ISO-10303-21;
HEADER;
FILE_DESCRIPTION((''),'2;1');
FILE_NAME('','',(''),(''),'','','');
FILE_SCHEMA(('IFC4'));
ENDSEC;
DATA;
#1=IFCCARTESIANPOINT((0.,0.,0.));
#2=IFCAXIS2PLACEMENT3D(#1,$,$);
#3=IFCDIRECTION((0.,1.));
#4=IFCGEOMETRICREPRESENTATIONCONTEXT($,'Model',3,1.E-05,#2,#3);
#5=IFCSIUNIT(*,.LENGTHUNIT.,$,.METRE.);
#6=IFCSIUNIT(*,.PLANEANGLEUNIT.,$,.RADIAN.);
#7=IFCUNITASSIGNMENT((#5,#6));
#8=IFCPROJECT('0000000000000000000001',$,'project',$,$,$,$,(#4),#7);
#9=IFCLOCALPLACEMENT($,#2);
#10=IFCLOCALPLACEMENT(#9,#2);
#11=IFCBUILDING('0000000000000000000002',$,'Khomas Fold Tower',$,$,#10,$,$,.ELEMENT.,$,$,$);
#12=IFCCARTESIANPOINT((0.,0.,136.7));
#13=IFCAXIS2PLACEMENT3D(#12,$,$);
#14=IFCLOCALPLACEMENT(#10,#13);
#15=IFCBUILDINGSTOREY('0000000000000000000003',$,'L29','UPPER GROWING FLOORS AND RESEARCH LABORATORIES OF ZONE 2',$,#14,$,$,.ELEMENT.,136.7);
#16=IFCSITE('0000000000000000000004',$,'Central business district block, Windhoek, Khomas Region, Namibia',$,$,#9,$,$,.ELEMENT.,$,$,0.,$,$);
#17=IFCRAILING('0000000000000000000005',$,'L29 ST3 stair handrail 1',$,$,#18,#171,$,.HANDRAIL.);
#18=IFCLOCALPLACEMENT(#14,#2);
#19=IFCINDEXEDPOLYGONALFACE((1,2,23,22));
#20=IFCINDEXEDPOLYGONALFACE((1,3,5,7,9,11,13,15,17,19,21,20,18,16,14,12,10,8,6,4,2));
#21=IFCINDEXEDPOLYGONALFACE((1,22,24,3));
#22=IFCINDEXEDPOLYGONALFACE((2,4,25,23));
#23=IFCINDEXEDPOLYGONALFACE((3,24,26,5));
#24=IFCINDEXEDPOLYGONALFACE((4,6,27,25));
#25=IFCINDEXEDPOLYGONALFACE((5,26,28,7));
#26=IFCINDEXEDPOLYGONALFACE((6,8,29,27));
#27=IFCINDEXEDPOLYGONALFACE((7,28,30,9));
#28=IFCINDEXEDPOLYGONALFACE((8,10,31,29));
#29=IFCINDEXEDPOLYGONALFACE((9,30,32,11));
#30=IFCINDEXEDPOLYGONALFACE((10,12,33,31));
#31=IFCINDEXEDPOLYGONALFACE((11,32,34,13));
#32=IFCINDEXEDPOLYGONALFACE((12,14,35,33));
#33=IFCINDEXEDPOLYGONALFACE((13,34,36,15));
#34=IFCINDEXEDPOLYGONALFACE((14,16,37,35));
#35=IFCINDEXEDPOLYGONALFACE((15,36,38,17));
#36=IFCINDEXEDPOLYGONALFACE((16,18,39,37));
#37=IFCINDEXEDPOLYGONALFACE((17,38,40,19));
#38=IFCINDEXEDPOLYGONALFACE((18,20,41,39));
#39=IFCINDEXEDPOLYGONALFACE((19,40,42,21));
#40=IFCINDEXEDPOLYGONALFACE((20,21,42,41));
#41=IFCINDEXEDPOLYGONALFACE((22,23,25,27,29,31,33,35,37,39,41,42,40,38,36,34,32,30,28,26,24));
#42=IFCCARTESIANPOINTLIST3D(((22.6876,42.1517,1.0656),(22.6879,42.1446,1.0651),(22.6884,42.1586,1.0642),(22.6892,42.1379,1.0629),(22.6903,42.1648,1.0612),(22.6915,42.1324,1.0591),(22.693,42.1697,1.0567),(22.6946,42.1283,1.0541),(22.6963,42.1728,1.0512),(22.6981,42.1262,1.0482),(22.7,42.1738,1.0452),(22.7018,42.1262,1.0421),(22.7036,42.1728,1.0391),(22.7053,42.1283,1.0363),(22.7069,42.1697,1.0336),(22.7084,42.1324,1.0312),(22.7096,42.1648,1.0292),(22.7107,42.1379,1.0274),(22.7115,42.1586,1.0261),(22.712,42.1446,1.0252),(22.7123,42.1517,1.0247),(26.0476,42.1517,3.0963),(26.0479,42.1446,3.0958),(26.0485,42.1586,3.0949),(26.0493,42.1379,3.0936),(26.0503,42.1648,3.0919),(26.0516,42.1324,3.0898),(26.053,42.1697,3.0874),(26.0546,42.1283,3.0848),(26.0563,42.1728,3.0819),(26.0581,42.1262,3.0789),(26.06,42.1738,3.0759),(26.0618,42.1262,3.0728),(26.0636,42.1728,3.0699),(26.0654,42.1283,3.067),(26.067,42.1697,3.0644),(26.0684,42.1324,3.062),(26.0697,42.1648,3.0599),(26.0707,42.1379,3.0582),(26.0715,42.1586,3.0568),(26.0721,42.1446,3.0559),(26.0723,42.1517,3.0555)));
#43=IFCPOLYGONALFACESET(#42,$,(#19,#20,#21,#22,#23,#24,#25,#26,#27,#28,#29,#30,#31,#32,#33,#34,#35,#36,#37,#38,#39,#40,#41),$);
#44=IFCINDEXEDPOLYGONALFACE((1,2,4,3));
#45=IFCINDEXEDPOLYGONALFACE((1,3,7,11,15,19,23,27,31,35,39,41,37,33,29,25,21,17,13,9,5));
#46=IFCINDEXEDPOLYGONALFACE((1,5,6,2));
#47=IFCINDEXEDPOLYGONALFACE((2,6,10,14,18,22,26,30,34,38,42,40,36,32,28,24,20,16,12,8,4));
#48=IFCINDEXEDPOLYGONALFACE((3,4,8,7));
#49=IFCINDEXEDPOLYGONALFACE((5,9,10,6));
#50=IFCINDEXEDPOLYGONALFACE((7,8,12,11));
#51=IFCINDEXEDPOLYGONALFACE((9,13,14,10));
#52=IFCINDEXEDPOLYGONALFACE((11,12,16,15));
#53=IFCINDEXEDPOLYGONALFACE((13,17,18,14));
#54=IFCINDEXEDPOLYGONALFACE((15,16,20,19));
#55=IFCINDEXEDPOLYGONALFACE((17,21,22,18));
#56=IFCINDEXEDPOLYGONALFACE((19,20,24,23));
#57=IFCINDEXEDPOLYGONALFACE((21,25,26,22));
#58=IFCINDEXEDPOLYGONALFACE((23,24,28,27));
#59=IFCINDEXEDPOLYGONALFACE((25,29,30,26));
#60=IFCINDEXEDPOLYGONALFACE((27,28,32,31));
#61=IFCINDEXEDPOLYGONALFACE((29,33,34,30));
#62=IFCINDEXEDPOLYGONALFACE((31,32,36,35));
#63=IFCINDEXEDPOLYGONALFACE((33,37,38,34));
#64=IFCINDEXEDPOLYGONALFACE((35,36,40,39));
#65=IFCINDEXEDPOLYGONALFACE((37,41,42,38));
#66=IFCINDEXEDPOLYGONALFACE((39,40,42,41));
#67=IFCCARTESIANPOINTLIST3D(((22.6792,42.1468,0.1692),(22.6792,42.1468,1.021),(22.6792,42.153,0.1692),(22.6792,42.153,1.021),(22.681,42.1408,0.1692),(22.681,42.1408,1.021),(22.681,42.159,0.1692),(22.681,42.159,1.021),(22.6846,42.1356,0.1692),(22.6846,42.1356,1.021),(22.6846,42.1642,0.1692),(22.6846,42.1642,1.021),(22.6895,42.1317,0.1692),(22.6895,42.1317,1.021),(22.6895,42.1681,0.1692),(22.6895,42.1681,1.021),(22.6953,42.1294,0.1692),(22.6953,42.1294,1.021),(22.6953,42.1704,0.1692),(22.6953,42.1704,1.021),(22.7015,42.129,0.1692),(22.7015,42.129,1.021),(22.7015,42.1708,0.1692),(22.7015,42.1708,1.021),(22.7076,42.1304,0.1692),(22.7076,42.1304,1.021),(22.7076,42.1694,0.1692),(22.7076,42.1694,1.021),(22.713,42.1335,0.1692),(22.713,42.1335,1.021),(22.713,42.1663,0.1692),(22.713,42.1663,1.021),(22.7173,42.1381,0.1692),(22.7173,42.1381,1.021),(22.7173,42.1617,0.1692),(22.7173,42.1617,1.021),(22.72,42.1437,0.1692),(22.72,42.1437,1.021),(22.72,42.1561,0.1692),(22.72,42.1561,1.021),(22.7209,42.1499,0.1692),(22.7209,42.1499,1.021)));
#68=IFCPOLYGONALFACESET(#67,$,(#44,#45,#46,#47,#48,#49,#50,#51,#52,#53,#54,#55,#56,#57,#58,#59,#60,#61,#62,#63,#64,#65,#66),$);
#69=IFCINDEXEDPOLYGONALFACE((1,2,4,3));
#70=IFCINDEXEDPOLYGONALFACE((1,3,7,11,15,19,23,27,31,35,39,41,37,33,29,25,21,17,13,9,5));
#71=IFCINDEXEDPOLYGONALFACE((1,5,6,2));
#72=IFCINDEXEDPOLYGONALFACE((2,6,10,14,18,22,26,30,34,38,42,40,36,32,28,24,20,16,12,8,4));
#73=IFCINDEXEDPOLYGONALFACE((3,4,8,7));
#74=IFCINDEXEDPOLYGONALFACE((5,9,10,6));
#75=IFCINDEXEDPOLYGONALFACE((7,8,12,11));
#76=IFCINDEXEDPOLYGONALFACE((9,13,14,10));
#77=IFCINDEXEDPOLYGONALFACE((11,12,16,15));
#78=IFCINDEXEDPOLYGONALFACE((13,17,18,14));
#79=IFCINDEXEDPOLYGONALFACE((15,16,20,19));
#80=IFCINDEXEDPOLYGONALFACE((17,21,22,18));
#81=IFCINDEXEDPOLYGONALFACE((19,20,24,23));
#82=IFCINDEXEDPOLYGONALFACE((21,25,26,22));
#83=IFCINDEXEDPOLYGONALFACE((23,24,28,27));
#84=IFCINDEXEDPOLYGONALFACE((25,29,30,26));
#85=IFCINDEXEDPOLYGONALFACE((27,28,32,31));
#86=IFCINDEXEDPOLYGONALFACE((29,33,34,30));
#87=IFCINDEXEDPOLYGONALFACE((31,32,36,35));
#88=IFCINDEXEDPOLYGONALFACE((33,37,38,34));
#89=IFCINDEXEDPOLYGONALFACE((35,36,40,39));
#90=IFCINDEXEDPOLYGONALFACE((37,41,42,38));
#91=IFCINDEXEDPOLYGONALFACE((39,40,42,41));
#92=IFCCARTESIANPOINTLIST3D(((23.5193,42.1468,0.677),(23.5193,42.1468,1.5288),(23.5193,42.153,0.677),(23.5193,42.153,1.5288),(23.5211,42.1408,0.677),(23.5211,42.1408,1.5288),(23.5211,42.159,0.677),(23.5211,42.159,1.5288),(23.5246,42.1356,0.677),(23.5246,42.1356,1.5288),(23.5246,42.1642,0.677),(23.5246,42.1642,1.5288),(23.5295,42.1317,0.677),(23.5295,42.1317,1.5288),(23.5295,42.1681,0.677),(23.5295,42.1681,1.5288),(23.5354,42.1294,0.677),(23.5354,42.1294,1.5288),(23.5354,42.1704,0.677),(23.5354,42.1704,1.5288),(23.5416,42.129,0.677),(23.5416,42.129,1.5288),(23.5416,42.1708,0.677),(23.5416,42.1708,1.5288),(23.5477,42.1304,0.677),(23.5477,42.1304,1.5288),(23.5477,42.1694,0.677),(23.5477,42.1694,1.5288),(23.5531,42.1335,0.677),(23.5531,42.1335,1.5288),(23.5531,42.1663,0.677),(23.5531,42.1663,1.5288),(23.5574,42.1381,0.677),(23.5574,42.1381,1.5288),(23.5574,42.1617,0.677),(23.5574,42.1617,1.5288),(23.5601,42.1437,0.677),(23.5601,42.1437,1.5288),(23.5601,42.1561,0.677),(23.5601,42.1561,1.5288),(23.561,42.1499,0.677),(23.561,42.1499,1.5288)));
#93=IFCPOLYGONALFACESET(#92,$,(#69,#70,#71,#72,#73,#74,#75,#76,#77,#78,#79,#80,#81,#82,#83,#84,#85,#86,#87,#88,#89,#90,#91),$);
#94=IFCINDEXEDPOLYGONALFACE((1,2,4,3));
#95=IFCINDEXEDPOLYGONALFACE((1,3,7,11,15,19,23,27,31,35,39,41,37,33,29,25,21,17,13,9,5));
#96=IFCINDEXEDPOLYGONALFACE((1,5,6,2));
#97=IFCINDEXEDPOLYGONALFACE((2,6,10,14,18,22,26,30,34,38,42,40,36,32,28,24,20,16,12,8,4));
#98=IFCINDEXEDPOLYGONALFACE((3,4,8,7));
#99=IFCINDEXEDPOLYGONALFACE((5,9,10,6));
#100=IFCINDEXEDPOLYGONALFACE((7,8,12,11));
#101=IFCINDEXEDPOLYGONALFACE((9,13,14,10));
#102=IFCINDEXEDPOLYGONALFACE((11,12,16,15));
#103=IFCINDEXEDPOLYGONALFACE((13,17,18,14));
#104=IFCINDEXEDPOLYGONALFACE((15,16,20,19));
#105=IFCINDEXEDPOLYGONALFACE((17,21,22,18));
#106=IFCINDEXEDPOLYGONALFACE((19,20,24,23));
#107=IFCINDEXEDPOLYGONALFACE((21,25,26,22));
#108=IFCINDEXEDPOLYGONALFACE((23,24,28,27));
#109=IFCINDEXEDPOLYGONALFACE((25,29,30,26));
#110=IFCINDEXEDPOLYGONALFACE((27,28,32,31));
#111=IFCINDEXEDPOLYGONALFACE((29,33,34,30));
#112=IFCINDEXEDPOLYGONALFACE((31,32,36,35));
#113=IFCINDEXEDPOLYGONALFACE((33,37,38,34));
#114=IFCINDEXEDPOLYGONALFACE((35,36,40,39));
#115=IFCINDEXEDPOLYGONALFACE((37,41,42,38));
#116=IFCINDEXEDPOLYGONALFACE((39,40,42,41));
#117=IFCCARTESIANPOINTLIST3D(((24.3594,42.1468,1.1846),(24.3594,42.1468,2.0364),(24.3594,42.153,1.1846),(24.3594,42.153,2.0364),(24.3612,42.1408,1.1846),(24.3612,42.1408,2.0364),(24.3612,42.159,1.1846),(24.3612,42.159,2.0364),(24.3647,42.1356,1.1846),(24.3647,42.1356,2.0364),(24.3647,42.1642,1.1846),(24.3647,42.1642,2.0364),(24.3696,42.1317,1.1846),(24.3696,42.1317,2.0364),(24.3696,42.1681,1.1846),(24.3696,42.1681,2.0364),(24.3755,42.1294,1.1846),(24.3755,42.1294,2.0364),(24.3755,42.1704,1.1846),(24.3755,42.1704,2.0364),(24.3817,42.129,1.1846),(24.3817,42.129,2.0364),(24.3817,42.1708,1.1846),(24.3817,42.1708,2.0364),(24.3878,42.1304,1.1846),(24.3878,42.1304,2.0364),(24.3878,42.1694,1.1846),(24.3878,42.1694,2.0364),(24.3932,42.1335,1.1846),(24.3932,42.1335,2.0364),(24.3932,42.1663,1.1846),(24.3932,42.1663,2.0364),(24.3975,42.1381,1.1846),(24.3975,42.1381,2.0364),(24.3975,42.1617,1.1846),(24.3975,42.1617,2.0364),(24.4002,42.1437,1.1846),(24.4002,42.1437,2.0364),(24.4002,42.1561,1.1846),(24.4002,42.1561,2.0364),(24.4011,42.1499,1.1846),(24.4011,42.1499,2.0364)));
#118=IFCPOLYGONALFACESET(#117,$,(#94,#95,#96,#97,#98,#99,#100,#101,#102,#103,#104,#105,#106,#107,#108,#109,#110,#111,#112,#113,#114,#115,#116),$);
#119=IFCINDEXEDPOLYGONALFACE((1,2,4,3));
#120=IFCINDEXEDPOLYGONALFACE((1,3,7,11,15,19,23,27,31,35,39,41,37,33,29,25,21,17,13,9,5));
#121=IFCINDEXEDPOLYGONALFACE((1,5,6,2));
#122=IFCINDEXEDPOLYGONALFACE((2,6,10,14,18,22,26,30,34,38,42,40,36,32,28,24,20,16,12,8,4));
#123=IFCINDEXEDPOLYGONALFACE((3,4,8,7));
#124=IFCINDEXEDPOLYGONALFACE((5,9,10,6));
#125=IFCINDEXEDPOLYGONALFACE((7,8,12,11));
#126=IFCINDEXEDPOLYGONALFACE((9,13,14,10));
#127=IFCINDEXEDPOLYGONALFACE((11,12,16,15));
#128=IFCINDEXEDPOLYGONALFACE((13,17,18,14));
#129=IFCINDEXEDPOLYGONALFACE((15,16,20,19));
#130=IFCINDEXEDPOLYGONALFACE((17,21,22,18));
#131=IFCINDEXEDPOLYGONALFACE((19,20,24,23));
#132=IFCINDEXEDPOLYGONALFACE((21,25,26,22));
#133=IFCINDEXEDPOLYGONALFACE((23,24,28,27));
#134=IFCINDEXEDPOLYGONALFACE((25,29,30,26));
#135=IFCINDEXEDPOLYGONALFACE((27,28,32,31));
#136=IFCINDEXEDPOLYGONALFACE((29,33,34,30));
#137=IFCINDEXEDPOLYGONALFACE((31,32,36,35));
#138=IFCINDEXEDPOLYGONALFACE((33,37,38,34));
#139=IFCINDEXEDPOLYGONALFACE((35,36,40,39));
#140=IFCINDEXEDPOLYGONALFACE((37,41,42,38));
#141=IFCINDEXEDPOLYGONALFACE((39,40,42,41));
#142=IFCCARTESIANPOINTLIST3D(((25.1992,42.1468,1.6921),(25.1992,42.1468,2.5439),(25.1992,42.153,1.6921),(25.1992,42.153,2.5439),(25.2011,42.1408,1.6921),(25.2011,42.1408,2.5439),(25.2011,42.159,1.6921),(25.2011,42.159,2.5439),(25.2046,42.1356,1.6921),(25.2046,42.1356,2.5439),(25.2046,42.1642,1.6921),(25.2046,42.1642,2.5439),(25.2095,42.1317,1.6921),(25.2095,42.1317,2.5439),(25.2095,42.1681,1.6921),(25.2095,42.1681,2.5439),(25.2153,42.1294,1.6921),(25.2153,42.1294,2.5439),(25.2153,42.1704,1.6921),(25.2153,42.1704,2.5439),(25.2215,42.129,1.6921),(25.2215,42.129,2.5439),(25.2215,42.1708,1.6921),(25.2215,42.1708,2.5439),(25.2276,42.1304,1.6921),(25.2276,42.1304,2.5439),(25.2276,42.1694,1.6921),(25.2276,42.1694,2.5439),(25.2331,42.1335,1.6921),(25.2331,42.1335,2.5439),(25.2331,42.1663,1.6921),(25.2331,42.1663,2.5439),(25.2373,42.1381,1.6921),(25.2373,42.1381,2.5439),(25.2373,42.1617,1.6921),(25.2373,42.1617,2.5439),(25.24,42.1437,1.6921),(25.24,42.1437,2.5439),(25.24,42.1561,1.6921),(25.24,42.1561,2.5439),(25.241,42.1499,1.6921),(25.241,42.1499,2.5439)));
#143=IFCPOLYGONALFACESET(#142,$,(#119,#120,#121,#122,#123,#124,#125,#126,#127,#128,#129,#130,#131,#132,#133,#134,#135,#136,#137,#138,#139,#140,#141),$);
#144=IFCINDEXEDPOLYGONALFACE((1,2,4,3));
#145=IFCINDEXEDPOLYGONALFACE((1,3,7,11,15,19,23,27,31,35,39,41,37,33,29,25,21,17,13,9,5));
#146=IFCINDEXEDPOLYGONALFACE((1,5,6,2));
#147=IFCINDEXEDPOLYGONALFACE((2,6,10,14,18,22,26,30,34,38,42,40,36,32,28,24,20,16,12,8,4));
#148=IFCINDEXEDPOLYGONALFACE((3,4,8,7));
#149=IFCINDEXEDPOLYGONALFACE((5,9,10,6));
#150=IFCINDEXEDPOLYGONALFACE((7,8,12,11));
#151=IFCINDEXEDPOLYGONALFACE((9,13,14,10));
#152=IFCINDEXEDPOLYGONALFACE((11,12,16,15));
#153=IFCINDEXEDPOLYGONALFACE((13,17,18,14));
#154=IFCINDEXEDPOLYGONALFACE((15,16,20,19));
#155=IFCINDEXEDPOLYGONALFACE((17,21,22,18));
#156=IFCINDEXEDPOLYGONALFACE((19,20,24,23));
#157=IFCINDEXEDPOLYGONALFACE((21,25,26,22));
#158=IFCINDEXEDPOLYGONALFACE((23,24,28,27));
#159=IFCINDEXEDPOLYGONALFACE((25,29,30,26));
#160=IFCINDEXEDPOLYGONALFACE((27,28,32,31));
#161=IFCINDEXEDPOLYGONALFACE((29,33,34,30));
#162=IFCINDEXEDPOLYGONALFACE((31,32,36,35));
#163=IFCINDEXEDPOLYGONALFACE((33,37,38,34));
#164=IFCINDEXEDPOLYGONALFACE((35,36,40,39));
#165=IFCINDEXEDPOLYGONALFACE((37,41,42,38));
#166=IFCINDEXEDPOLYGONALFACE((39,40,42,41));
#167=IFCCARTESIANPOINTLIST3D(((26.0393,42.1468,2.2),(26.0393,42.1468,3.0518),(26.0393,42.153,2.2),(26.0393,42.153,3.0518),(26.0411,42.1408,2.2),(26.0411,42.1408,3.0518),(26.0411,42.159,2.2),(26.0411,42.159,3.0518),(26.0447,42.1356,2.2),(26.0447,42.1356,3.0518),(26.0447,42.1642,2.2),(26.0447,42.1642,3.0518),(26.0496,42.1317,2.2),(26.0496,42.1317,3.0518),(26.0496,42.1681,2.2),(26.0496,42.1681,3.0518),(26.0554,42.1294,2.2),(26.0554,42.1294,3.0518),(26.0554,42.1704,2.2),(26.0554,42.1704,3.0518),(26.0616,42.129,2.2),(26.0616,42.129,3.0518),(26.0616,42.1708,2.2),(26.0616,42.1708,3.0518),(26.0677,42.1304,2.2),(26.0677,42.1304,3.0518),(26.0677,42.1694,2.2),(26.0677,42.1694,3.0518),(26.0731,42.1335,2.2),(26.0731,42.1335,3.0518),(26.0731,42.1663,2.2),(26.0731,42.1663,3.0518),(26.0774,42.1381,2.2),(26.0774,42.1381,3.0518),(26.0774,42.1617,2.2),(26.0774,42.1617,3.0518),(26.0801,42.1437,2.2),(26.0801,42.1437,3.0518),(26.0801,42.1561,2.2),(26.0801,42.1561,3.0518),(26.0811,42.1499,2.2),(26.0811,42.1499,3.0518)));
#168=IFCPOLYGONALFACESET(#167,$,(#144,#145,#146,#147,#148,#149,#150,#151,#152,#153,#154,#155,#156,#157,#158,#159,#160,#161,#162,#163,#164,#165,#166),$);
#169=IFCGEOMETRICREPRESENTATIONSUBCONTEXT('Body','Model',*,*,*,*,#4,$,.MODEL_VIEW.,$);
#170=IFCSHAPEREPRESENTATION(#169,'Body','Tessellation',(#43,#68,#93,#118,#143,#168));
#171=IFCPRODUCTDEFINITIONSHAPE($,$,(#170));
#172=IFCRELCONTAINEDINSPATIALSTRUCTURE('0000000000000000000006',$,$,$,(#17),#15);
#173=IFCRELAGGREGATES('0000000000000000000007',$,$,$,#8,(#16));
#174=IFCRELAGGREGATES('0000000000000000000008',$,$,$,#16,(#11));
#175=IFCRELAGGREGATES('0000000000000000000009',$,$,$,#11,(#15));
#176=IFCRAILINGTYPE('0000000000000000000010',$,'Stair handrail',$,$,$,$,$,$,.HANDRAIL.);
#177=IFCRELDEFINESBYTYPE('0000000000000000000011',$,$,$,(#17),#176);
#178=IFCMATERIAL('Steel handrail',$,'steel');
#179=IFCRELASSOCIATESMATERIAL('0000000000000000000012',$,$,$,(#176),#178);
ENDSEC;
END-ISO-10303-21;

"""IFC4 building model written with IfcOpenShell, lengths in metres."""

from ifc_helpers import new_model, si_unit, direction, frame, origin, origin_2d, place, context, subcontext, project, spatial, circle, extrude, source, transform, mapped, material, type_object, element, save


model = new_model("IFC4")

# Units and contexts
model_context = context("Model", 3, precision=1e-05, world=origin(), true_north=direction((0.0, 1.0)))
body_context = subcontext(model_context, "Body", "Model", "MODEL_VIEW")
ifc_project = project(units=[si_unit("LENGTHUNIT", "METRE"), si_unit("PLANEANGLEUNIT", "RADIAN")], contexts=[model_context])

# Site, building, storey
site_placement = place(None, origin())
site = spatial("IfcSite", under=ifc_project, at=site_placement, Name="Central business district block, Windhoek, Khomas Region, Namibia", CompositionType="ELEMENT", RefElevation=0.0)
building_placement = place(site_placement, origin())
building = spatial("IfcBuilding", under=site, at=building_placement, Name="Khomas Fold Tower", CompositionType="ELEMENT")
storey_placement = place(building_placement, frame((0.0, 0.0, 136.7)))
storey = spatial("IfcBuildingStorey", under=building, at=storey_placement, Name="L29", Description="UPPER GROWING FLOORS AND RESEARCH LABORATORIES OF ZONE 2", CompositionType="ELEMENT", Elevation=136.7)

# Railing
ifc_material_1 = material(Name="Steel handrail", Category="steel")
railing_type_1 = type_object("IfcRailingType", Name="Stair handrail", PredefinedType="HANDRAIL", material=ifc_material_1)
shared_shape_1 = source(origin(), body_context, "Body", "SweptSolid", [
    extrude(circle(Radius=0.0239, at=origin_2d()), frame((0.0, 0.0, 0.876), z_axis=(0.855837, 0.0, 0.517246), x_axis=(0.0, 1.0, 0.0)), (0.0, 0.0, 1.0), 3.926),
    extrude(circle(Radius=0.021, at=origin_2d()), origin(), (0.0, 0.0, 1.0), 0.8518),
    extrude(circle(Radius=0.021, at=origin_2d()), frame((0.8401, 0.0, 0.5078)), (0.0, 0.0, 1.0), 0.8518),
    extrude(circle(Radius=0.021, at=origin_2d()), frame((1.6802, 0.0, 1.0154)), (0.0, 0.0, 1.0), 0.8518),
    extrude(circle(Radius=0.021, at=origin_2d()), frame((2.52, 0.0, 1.5229)), (0.0, 0.0, 1.0), 0.8518),
    extrude(circle(Radius=0.021, at=origin_2d()), frame((3.3601, 0.0, 2.0308)), (0.0, 0.0, 1.0), 0.8518),
])
railing_1_placement = place(storey_placement, frame((22.7, 42.1499, 0.1692)))
element("IfcRailing", 1, at=railing_1_placement, inside=storey, type_object=railing_type_1, Name="L29 ST3 stair handrail 1", PredefinedType="HANDRAIL", context=body_context, shape_type="MappedRepresentation", body=[
    mapped(shared_shape_1, transform((0.0, 0.0, 0.0))),
])

save(model, "model.ifc")
